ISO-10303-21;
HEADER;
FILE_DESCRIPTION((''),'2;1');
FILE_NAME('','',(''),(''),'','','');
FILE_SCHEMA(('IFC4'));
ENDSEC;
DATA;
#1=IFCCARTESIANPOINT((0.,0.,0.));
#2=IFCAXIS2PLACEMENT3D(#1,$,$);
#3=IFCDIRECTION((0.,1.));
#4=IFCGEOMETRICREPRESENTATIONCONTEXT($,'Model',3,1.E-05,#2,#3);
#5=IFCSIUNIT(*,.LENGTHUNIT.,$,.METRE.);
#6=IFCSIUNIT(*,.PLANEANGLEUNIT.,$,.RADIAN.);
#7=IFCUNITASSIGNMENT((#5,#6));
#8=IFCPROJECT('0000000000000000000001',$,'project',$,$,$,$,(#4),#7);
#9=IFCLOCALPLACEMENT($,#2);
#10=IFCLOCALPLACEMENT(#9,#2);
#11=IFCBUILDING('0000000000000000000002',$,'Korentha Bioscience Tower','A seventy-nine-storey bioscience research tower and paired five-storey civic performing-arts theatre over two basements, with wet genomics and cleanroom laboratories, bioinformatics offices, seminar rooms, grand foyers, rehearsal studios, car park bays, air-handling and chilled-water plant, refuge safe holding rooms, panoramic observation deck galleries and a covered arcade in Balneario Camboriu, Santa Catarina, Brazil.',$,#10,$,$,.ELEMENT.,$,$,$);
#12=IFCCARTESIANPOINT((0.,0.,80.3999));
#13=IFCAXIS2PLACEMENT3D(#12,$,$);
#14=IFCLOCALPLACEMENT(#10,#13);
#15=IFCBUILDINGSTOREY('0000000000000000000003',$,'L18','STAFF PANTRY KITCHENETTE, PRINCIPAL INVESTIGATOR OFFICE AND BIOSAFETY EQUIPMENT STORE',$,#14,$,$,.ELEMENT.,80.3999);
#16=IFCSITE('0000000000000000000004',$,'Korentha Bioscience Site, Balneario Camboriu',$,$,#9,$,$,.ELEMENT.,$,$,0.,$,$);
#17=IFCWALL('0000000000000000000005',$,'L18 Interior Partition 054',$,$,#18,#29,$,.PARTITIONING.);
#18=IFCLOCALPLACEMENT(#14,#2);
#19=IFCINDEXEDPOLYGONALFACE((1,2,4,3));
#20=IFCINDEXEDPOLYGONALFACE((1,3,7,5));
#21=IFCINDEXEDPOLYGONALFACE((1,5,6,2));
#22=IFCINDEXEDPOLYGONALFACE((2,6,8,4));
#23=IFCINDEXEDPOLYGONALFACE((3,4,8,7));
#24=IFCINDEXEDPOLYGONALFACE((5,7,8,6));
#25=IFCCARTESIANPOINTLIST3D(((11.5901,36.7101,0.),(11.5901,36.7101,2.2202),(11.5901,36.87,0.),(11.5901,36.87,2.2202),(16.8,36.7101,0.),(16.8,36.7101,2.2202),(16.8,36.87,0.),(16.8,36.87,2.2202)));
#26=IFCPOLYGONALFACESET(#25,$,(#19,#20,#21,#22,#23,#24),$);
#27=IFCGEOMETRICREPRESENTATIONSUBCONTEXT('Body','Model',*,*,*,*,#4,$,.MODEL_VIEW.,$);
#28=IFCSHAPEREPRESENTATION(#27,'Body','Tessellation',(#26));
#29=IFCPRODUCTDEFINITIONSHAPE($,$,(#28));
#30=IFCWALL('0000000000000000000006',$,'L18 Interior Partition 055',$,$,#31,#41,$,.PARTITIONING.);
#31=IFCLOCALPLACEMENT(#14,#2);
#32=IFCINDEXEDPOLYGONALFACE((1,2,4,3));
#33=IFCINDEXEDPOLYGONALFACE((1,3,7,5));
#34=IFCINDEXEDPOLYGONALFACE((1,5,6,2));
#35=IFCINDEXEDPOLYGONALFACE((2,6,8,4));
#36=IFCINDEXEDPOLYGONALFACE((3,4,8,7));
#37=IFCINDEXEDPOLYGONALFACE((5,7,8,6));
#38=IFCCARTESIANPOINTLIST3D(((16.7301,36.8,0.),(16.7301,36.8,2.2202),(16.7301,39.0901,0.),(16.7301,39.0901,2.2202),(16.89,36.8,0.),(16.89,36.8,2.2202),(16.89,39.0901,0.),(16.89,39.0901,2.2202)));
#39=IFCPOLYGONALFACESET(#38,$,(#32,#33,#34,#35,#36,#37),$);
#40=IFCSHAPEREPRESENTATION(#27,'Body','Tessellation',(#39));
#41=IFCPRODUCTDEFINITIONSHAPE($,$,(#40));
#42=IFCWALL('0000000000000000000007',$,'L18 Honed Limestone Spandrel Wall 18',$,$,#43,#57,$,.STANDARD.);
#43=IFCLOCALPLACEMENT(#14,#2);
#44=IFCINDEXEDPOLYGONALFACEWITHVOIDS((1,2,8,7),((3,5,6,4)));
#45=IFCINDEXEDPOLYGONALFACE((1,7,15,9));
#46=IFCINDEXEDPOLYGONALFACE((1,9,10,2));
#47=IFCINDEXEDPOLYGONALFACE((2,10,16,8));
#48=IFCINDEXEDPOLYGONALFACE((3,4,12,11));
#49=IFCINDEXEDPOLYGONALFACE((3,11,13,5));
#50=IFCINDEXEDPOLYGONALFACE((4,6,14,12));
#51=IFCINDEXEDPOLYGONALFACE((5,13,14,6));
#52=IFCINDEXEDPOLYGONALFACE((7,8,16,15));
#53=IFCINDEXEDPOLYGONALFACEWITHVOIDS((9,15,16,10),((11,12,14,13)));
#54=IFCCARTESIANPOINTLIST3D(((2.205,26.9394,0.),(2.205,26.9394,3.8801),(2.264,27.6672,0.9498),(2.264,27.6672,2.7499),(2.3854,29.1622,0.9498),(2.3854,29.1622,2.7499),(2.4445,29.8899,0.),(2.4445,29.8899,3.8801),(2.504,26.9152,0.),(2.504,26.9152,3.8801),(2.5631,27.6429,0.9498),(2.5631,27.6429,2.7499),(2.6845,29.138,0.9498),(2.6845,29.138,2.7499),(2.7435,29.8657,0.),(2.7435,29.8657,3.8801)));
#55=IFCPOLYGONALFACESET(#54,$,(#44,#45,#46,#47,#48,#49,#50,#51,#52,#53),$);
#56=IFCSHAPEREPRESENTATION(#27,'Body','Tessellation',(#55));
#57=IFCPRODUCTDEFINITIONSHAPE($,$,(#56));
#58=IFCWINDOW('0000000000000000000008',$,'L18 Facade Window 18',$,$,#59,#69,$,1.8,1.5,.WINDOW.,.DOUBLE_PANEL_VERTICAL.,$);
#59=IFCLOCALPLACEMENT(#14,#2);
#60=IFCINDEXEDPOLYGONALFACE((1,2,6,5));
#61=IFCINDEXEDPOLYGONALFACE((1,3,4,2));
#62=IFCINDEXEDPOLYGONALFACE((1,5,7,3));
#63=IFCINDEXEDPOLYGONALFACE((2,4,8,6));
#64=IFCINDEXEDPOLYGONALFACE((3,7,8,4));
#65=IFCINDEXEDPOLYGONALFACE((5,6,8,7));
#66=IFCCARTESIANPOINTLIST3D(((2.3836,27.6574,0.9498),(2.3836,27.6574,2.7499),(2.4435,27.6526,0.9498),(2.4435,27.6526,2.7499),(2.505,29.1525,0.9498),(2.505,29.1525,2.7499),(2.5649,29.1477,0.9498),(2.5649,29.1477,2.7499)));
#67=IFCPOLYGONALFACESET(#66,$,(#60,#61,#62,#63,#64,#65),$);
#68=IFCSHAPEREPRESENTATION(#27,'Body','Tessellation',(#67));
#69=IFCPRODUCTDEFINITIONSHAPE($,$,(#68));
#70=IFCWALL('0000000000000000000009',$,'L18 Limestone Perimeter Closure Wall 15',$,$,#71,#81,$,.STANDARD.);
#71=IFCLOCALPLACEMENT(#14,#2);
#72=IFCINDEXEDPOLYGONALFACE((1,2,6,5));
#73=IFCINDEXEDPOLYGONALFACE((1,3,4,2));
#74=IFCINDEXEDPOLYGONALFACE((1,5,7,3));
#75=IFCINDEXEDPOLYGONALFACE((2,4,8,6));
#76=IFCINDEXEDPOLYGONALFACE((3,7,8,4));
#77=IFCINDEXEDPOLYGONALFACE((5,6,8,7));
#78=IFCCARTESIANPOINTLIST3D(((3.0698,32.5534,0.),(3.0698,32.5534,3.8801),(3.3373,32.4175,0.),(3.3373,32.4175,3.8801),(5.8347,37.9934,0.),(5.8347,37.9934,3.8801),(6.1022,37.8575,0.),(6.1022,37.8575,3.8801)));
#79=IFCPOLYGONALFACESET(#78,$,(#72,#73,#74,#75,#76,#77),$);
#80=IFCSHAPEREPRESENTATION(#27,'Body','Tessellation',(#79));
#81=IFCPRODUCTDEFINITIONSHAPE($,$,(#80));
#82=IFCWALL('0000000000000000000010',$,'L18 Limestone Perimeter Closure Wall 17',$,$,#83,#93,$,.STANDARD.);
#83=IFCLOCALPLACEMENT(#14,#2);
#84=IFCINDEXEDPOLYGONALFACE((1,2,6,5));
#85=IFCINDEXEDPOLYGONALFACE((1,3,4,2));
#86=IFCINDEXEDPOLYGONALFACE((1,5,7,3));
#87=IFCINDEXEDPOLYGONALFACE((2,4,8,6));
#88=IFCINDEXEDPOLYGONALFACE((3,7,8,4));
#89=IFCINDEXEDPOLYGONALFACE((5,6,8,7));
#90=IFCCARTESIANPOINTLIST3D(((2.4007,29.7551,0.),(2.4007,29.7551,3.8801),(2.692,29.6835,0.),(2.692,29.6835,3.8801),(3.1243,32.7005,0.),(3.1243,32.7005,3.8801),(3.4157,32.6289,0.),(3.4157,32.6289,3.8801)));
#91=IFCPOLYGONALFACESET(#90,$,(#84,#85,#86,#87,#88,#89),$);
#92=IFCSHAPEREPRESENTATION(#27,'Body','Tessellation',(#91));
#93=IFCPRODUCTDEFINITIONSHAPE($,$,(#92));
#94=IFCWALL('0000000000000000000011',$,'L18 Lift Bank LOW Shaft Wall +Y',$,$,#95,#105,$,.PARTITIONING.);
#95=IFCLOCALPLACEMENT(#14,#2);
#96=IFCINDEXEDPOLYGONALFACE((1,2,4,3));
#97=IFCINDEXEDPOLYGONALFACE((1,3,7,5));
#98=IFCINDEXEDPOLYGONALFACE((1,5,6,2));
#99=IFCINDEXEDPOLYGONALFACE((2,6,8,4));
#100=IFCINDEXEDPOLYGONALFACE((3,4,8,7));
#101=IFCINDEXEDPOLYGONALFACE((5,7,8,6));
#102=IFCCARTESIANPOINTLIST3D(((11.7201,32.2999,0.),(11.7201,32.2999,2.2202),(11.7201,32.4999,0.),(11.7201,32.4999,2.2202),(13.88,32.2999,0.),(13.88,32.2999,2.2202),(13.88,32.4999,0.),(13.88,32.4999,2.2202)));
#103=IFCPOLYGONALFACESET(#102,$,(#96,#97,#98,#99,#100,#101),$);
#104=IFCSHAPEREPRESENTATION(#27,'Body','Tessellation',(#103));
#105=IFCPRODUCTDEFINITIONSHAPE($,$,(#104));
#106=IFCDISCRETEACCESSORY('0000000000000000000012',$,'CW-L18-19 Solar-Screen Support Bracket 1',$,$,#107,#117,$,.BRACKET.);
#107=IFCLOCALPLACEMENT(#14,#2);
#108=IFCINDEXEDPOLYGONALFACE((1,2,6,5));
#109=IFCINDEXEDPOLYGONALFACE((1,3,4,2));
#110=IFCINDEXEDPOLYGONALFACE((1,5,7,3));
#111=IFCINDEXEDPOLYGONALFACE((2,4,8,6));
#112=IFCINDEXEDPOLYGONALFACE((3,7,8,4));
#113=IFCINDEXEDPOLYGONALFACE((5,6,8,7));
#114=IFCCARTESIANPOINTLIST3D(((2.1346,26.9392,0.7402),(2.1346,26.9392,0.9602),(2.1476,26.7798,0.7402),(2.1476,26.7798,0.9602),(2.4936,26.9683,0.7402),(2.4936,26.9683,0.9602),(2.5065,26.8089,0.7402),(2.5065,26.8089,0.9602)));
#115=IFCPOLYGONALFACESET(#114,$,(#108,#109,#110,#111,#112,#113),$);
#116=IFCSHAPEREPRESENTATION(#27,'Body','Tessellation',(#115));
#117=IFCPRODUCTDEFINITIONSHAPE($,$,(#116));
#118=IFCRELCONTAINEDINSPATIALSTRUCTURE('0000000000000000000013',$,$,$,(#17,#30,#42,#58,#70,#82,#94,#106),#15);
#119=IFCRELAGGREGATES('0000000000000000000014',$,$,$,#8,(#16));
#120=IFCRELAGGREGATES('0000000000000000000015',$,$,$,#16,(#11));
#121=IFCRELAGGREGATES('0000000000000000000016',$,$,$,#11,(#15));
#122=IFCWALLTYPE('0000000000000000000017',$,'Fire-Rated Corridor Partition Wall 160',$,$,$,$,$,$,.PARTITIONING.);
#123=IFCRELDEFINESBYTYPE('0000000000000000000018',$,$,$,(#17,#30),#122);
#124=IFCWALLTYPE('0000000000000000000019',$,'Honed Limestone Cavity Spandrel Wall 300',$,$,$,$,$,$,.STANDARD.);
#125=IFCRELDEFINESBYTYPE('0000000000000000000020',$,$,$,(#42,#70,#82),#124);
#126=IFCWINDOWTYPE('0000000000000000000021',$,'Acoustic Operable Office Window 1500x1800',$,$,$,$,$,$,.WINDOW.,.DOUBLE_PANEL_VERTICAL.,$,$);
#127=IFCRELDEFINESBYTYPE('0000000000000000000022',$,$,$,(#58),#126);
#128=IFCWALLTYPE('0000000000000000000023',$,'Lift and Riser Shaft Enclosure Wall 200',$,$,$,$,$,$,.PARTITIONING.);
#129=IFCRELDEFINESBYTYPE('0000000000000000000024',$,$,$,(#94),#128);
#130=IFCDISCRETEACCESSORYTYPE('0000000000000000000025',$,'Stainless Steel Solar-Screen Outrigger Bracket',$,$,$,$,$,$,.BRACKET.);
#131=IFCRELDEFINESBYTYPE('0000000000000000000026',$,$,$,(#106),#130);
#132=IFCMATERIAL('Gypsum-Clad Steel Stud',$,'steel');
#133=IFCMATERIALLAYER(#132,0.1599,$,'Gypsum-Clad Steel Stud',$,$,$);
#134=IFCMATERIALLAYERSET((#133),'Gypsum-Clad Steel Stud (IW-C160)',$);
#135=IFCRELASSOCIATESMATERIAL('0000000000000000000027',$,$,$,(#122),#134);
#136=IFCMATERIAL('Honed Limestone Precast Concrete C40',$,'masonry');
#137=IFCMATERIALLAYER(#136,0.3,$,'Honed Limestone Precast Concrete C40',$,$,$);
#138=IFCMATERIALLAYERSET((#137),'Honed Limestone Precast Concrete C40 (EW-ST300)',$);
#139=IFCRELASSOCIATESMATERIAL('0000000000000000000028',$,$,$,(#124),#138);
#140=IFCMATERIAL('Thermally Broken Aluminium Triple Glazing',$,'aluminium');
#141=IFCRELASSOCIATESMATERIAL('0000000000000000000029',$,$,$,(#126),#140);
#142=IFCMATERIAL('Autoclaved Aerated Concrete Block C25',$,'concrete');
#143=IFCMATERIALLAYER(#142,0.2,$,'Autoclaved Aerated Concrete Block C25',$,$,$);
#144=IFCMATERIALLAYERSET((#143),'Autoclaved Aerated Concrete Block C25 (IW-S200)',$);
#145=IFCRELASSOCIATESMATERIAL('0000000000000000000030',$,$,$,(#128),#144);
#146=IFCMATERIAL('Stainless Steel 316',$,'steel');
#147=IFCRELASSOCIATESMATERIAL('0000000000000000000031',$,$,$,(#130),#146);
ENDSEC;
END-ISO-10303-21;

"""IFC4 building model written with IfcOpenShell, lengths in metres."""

from ifc_helpers import new_model, si_unit, direction, frame, frame_2d, origin, origin_2d, place, context, subcontext, project, spatial, rectangle, extrude, material, layer, layer_set, type_object, element, fill, save


model = new_model("IFC4")

# Units and contexts
model_context = context("Model", 3, precision=1e-05, world=origin(), true_north=direction((0.0, 1.0)))
body_context = subcontext(model_context, "Body", "Model", "MODEL_VIEW")
ifc_project = project(units=[si_unit("LENGTHUNIT", "METRE"), si_unit("PLANEANGLEUNIT", "RADIAN")], contexts=[model_context])

# Site, building, storey
site_placement = place(None, origin())
site = spatial("IfcSite", under=ifc_project, at=site_placement, Name="Korentha Bioscience Site, Balneario Camboriu", CompositionType="ELEMENT", RefElevation=0.0)
building_placement = place(site_placement, origin())
building = spatial("IfcBuilding", under=site, at=building_placement, Name="Korentha Bioscience Tower", Description="A seventy-nine-storey bioscience research tower and paired five-storey civic performing-arts theatre over two basements, with wet genomics and cleanroom laboratories, bioinformatics offices, seminar rooms, grand foyers, rehearsal studios, car park bays, air-handling and chilled-water plant, refuge safe holding rooms, panoramic observation deck galleries and a covered arcade in Balneario Camboriu, Santa Catarina, Brazil.", CompositionType="ELEMENT")
storey_placement = place(building_placement, frame((0.0, 0.0, 80.3999)))
storey = spatial("IfcBuildingStorey", under=building, at=storey_placement, Name="L18", Description="STAFF PANTRY KITCHENETTE, PRINCIPAL INVESTIGATOR OFFICE AND BIOSAFETY EQUIPMENT STORE", CompositionType="ELEMENT", Elevation=80.3999)

# Walls
ifc_material_1 = material(Name="Gypsum-Clad Steel Stud", Category="steel")
ifc_layer_1 = layer(ifc_material_1, 0.1599, Name="Gypsum-Clad Steel Stud")
ifc_layer_set_1 = layer_set([ifc_layer_1], Name="Gypsum-Clad Steel Stud (IW-C160)")
wall_type_1 = type_object("IfcWallType", Name="Fire-Rated Corridor Partition Wall 160", PredefinedType="PARTITIONING", material=ifc_layer_set_1)
wall_1_placement = place(storey_placement, frame((11.5901, 36.79, 0.0), z_axis=(0.0, 0.0, 1.0), x_axis=(1.0, 0.0, 0.0)))
element("IfcWall", 1, at=wall_1_placement, inside=storey, type_object=wall_type_1, Name="L18 Interior Partition 054", PredefinedType="PARTITIONING", context=body_context, shape_type="SweptSolid", body=[
    extrude(rectangle(XDim=5.21, YDim=0.1599, at=frame_2d((2.605, 0.0))), origin(), (0.0, 0.0, 1.0), 2.2202),
])
wall_2_placement = place(storey_placement, frame((16.8101, 36.8, 0.0), z_axis=(0.0, 0.0, 1.0), x_axis=(0.0, 1.0, 0.0)))
element("IfcWall", 2, at=wall_2_placement, inside=storey, type_object=wall_type_1, Name="L18 Interior Partition 055", PredefinedType="PARTITIONING", context=body_context, shape_type="SweptSolid", body=[
    extrude(rectangle(XDim=2.29, YDim=0.1599, at=frame_2d((1.145, 0.0))), origin(), (0.0, 0.0, 1.0), 2.2202),
])

# Wall, opening, window
ifc_material_2 = material(Name="Honed Limestone Precast Concrete C40", Category="masonry")
ifc_layer_2 = layer(ifc_material_2, 0.3, Name="Honed Limestone Precast Concrete C40")
ifc_layer_set_2 = layer_set([ifc_layer_2], Name="Honed Limestone Precast Concrete C40 (EW-ST300)")
wall_type_2 = type_object("IfcWallType", Name="Honed Limestone Cavity Spandrel Wall 300", PredefinedType="STANDARD", material=ifc_layer_set_2)
wall_3_placement = place(storey_placement, frame((2.594, 29.8777, 0.0), z_axis=(0.0, 0.0, 1.0), x_axis=(-0.080909, -0.996722, 0.0)))
wall_3 = element("IfcWall", 3, at=wall_3_placement, inside=storey, type_object=wall_type_2, Name="L18 Honed Limestone Spandrel Wall 18", PredefinedType="STANDARD", context=body_context, shape_type="SweptSolid", body=[
    extrude(rectangle(XDim=2.9602, YDim=0.3, at=frame_2d((1.48, 0.0))), origin(), (0.0, 0.0, 1.0), 3.8801),
])
opening_1_placement = place(wall_3_placement, frame((0.73, 0.0, 0.95)))
opening_1 = element("IfcOpeningElement", 4, at=opening_1_placement, cuts=wall_3, PredefinedType="OPENING", context=body_context, shape_type="SweptSolid", body=[
    extrude(rectangle(XDim=1.5, YDim=1.8, at=frame_2d((0.75, 0.8999))), frame((0.0, 0.165, 0.0), z_axis=(0.0, -1.0, 0.0), x_axis=(1.0, 0.0, 0.0)), (0.0, 0.0, 1.0), 0.3298),
])
ifc_material_3 = material(Name="Thermally Broken Aluminium Triple Glazing", Category="aluminium")
window_type = type_object("IfcWindowType", Name="Acoustic Operable Office Window 1500x1800", PartitioningType="DOUBLE_PANEL_VERTICAL", PredefinedType="WINDOW", material=ifc_material_3)
window_placement = place(opening_1_placement, origin())
window = element("IfcWindow", 5, at=window_placement, inside=storey, type_object=window_type, Name="L18 Facade Window 18", OverallHeight=1.8, OverallWidth=1.5, PartitioningType="DOUBLE_PANEL_VERTICAL", PredefinedType="WINDOW", context=body_context, shape_type="SweptSolid", body=[
    extrude(rectangle(XDim=1.5, YDim=1.8, at=frame_2d((0.75, 0.8999))), frame((0.0, 0.03, 0.0), z_axis=(0.0, -1.0, 0.0), x_axis=(1.0, 0.0, 0.0)), (0.0, 0.0, 1.0), 0.0601),
])
fill(opening_1, window)

# Walls
wall_4_placement = place(storey_placement, frame((5.9685, 37.9255, 0.0), z_axis=(0.0, 0.0, 1.0), x_axis=(-0.453093, -0.891463, 0.0)))
element("IfcWall", 6, at=wall_4_placement, inside=storey, type_object=wall_type_2, Name="L18 Limestone Perimeter Closure Wall 15", PredefinedType="STANDARD", context=body_context, shape_type="SweptSolid", body=[
    extrude(rectangle(XDim=6.1023, YDim=0.3, at=frame_2d((3.0513, 0.0))), origin(), (0.0, 0.0, 1.0), 3.8801),
])
wall_5_placement = place(storey_placement, frame((3.27, 32.6648, 0.0), z_axis=(0.0, 0.0, 1.0), x_axis=(-0.238594, -0.971119, 0.0)))
element("IfcWall", 7, at=wall_5_placement, inside=storey, type_object=wall_type_2, Name="L18 Limestone Perimeter Closure Wall 17", PredefinedType="STANDARD", context=body_context, shape_type="SweptSolid", body=[
    extrude(rectangle(XDim=3.033, YDim=0.3, at=frame_2d((1.5166, 0.0))), origin(), (0.0, 0.0, 1.0), 3.8801),
])
ifc_material_4 = material(Name="Autoclaved Aerated Concrete Block C25", Category="concrete")
ifc_layer_3 = layer(ifc_material_4, 0.2, Name="Autoclaved Aerated Concrete Block C25")
ifc_layer_set_3 = layer_set([ifc_layer_3], Name="Autoclaved Aerated Concrete Block C25 (IW-S200)")
wall_type_3 = type_object("IfcWallType", Name="Lift and Riser Shaft Enclosure Wall 200", PredefinedType="PARTITIONING", material=ifc_layer_set_3)
wall_6_placement = place(storey_placement, frame((11.72, 32.3999, 0.0), z_axis=(0.0, 0.0, 1.0), x_axis=(1.0, 0.0, 0.0)))
element("IfcWall", 8, at=wall_6_placement, inside=storey, type_object=wall_type_3, Name="L18 Lift Bank LOW Shaft Wall +Y", PredefinedType="PARTITIONING", context=body_context, shape_type="SweptSolid", body=[
    extrude(rectangle(XDim=2.1599, YDim=0.2, at=frame_2d((1.0801, 0.0))), origin(), (0.0, 0.0, 1.0), 2.2202),
])

# Discrete accessory
ifc_material_5 = material(Name="Stainless Steel 316", Category="steel")
discrete_accessory_type = type_object("IfcDiscreteAccessoryType", Name="Stainless Steel Solar-Screen Outrigger Bracket", PredefinedType="BRACKET", material=ifc_material_5)
discrete_accessory_placement = place(storey_placement, frame((2.3206, 26.874, 0.7402), z_axis=(0.0, 0.0, 1.0), x_axis=(0.08082, -0.996729, 0.0)))
element("IfcDiscreteAccessory", 9, at=discrete_accessory_placement, inside=storey, type_object=discrete_accessory_type, Name="CW-L18-19 Solar-Screen Support Bracket 1", PredefinedType="BRACKET", context=body_context, shape_type="SweptSolid", body=[
    extrude(rectangle(XDim=0.1599, YDim=0.3601, at=origin_2d()), origin(), (0.0, 0.0, 1.0), 0.22),
])

save(model, "model.ifc")
